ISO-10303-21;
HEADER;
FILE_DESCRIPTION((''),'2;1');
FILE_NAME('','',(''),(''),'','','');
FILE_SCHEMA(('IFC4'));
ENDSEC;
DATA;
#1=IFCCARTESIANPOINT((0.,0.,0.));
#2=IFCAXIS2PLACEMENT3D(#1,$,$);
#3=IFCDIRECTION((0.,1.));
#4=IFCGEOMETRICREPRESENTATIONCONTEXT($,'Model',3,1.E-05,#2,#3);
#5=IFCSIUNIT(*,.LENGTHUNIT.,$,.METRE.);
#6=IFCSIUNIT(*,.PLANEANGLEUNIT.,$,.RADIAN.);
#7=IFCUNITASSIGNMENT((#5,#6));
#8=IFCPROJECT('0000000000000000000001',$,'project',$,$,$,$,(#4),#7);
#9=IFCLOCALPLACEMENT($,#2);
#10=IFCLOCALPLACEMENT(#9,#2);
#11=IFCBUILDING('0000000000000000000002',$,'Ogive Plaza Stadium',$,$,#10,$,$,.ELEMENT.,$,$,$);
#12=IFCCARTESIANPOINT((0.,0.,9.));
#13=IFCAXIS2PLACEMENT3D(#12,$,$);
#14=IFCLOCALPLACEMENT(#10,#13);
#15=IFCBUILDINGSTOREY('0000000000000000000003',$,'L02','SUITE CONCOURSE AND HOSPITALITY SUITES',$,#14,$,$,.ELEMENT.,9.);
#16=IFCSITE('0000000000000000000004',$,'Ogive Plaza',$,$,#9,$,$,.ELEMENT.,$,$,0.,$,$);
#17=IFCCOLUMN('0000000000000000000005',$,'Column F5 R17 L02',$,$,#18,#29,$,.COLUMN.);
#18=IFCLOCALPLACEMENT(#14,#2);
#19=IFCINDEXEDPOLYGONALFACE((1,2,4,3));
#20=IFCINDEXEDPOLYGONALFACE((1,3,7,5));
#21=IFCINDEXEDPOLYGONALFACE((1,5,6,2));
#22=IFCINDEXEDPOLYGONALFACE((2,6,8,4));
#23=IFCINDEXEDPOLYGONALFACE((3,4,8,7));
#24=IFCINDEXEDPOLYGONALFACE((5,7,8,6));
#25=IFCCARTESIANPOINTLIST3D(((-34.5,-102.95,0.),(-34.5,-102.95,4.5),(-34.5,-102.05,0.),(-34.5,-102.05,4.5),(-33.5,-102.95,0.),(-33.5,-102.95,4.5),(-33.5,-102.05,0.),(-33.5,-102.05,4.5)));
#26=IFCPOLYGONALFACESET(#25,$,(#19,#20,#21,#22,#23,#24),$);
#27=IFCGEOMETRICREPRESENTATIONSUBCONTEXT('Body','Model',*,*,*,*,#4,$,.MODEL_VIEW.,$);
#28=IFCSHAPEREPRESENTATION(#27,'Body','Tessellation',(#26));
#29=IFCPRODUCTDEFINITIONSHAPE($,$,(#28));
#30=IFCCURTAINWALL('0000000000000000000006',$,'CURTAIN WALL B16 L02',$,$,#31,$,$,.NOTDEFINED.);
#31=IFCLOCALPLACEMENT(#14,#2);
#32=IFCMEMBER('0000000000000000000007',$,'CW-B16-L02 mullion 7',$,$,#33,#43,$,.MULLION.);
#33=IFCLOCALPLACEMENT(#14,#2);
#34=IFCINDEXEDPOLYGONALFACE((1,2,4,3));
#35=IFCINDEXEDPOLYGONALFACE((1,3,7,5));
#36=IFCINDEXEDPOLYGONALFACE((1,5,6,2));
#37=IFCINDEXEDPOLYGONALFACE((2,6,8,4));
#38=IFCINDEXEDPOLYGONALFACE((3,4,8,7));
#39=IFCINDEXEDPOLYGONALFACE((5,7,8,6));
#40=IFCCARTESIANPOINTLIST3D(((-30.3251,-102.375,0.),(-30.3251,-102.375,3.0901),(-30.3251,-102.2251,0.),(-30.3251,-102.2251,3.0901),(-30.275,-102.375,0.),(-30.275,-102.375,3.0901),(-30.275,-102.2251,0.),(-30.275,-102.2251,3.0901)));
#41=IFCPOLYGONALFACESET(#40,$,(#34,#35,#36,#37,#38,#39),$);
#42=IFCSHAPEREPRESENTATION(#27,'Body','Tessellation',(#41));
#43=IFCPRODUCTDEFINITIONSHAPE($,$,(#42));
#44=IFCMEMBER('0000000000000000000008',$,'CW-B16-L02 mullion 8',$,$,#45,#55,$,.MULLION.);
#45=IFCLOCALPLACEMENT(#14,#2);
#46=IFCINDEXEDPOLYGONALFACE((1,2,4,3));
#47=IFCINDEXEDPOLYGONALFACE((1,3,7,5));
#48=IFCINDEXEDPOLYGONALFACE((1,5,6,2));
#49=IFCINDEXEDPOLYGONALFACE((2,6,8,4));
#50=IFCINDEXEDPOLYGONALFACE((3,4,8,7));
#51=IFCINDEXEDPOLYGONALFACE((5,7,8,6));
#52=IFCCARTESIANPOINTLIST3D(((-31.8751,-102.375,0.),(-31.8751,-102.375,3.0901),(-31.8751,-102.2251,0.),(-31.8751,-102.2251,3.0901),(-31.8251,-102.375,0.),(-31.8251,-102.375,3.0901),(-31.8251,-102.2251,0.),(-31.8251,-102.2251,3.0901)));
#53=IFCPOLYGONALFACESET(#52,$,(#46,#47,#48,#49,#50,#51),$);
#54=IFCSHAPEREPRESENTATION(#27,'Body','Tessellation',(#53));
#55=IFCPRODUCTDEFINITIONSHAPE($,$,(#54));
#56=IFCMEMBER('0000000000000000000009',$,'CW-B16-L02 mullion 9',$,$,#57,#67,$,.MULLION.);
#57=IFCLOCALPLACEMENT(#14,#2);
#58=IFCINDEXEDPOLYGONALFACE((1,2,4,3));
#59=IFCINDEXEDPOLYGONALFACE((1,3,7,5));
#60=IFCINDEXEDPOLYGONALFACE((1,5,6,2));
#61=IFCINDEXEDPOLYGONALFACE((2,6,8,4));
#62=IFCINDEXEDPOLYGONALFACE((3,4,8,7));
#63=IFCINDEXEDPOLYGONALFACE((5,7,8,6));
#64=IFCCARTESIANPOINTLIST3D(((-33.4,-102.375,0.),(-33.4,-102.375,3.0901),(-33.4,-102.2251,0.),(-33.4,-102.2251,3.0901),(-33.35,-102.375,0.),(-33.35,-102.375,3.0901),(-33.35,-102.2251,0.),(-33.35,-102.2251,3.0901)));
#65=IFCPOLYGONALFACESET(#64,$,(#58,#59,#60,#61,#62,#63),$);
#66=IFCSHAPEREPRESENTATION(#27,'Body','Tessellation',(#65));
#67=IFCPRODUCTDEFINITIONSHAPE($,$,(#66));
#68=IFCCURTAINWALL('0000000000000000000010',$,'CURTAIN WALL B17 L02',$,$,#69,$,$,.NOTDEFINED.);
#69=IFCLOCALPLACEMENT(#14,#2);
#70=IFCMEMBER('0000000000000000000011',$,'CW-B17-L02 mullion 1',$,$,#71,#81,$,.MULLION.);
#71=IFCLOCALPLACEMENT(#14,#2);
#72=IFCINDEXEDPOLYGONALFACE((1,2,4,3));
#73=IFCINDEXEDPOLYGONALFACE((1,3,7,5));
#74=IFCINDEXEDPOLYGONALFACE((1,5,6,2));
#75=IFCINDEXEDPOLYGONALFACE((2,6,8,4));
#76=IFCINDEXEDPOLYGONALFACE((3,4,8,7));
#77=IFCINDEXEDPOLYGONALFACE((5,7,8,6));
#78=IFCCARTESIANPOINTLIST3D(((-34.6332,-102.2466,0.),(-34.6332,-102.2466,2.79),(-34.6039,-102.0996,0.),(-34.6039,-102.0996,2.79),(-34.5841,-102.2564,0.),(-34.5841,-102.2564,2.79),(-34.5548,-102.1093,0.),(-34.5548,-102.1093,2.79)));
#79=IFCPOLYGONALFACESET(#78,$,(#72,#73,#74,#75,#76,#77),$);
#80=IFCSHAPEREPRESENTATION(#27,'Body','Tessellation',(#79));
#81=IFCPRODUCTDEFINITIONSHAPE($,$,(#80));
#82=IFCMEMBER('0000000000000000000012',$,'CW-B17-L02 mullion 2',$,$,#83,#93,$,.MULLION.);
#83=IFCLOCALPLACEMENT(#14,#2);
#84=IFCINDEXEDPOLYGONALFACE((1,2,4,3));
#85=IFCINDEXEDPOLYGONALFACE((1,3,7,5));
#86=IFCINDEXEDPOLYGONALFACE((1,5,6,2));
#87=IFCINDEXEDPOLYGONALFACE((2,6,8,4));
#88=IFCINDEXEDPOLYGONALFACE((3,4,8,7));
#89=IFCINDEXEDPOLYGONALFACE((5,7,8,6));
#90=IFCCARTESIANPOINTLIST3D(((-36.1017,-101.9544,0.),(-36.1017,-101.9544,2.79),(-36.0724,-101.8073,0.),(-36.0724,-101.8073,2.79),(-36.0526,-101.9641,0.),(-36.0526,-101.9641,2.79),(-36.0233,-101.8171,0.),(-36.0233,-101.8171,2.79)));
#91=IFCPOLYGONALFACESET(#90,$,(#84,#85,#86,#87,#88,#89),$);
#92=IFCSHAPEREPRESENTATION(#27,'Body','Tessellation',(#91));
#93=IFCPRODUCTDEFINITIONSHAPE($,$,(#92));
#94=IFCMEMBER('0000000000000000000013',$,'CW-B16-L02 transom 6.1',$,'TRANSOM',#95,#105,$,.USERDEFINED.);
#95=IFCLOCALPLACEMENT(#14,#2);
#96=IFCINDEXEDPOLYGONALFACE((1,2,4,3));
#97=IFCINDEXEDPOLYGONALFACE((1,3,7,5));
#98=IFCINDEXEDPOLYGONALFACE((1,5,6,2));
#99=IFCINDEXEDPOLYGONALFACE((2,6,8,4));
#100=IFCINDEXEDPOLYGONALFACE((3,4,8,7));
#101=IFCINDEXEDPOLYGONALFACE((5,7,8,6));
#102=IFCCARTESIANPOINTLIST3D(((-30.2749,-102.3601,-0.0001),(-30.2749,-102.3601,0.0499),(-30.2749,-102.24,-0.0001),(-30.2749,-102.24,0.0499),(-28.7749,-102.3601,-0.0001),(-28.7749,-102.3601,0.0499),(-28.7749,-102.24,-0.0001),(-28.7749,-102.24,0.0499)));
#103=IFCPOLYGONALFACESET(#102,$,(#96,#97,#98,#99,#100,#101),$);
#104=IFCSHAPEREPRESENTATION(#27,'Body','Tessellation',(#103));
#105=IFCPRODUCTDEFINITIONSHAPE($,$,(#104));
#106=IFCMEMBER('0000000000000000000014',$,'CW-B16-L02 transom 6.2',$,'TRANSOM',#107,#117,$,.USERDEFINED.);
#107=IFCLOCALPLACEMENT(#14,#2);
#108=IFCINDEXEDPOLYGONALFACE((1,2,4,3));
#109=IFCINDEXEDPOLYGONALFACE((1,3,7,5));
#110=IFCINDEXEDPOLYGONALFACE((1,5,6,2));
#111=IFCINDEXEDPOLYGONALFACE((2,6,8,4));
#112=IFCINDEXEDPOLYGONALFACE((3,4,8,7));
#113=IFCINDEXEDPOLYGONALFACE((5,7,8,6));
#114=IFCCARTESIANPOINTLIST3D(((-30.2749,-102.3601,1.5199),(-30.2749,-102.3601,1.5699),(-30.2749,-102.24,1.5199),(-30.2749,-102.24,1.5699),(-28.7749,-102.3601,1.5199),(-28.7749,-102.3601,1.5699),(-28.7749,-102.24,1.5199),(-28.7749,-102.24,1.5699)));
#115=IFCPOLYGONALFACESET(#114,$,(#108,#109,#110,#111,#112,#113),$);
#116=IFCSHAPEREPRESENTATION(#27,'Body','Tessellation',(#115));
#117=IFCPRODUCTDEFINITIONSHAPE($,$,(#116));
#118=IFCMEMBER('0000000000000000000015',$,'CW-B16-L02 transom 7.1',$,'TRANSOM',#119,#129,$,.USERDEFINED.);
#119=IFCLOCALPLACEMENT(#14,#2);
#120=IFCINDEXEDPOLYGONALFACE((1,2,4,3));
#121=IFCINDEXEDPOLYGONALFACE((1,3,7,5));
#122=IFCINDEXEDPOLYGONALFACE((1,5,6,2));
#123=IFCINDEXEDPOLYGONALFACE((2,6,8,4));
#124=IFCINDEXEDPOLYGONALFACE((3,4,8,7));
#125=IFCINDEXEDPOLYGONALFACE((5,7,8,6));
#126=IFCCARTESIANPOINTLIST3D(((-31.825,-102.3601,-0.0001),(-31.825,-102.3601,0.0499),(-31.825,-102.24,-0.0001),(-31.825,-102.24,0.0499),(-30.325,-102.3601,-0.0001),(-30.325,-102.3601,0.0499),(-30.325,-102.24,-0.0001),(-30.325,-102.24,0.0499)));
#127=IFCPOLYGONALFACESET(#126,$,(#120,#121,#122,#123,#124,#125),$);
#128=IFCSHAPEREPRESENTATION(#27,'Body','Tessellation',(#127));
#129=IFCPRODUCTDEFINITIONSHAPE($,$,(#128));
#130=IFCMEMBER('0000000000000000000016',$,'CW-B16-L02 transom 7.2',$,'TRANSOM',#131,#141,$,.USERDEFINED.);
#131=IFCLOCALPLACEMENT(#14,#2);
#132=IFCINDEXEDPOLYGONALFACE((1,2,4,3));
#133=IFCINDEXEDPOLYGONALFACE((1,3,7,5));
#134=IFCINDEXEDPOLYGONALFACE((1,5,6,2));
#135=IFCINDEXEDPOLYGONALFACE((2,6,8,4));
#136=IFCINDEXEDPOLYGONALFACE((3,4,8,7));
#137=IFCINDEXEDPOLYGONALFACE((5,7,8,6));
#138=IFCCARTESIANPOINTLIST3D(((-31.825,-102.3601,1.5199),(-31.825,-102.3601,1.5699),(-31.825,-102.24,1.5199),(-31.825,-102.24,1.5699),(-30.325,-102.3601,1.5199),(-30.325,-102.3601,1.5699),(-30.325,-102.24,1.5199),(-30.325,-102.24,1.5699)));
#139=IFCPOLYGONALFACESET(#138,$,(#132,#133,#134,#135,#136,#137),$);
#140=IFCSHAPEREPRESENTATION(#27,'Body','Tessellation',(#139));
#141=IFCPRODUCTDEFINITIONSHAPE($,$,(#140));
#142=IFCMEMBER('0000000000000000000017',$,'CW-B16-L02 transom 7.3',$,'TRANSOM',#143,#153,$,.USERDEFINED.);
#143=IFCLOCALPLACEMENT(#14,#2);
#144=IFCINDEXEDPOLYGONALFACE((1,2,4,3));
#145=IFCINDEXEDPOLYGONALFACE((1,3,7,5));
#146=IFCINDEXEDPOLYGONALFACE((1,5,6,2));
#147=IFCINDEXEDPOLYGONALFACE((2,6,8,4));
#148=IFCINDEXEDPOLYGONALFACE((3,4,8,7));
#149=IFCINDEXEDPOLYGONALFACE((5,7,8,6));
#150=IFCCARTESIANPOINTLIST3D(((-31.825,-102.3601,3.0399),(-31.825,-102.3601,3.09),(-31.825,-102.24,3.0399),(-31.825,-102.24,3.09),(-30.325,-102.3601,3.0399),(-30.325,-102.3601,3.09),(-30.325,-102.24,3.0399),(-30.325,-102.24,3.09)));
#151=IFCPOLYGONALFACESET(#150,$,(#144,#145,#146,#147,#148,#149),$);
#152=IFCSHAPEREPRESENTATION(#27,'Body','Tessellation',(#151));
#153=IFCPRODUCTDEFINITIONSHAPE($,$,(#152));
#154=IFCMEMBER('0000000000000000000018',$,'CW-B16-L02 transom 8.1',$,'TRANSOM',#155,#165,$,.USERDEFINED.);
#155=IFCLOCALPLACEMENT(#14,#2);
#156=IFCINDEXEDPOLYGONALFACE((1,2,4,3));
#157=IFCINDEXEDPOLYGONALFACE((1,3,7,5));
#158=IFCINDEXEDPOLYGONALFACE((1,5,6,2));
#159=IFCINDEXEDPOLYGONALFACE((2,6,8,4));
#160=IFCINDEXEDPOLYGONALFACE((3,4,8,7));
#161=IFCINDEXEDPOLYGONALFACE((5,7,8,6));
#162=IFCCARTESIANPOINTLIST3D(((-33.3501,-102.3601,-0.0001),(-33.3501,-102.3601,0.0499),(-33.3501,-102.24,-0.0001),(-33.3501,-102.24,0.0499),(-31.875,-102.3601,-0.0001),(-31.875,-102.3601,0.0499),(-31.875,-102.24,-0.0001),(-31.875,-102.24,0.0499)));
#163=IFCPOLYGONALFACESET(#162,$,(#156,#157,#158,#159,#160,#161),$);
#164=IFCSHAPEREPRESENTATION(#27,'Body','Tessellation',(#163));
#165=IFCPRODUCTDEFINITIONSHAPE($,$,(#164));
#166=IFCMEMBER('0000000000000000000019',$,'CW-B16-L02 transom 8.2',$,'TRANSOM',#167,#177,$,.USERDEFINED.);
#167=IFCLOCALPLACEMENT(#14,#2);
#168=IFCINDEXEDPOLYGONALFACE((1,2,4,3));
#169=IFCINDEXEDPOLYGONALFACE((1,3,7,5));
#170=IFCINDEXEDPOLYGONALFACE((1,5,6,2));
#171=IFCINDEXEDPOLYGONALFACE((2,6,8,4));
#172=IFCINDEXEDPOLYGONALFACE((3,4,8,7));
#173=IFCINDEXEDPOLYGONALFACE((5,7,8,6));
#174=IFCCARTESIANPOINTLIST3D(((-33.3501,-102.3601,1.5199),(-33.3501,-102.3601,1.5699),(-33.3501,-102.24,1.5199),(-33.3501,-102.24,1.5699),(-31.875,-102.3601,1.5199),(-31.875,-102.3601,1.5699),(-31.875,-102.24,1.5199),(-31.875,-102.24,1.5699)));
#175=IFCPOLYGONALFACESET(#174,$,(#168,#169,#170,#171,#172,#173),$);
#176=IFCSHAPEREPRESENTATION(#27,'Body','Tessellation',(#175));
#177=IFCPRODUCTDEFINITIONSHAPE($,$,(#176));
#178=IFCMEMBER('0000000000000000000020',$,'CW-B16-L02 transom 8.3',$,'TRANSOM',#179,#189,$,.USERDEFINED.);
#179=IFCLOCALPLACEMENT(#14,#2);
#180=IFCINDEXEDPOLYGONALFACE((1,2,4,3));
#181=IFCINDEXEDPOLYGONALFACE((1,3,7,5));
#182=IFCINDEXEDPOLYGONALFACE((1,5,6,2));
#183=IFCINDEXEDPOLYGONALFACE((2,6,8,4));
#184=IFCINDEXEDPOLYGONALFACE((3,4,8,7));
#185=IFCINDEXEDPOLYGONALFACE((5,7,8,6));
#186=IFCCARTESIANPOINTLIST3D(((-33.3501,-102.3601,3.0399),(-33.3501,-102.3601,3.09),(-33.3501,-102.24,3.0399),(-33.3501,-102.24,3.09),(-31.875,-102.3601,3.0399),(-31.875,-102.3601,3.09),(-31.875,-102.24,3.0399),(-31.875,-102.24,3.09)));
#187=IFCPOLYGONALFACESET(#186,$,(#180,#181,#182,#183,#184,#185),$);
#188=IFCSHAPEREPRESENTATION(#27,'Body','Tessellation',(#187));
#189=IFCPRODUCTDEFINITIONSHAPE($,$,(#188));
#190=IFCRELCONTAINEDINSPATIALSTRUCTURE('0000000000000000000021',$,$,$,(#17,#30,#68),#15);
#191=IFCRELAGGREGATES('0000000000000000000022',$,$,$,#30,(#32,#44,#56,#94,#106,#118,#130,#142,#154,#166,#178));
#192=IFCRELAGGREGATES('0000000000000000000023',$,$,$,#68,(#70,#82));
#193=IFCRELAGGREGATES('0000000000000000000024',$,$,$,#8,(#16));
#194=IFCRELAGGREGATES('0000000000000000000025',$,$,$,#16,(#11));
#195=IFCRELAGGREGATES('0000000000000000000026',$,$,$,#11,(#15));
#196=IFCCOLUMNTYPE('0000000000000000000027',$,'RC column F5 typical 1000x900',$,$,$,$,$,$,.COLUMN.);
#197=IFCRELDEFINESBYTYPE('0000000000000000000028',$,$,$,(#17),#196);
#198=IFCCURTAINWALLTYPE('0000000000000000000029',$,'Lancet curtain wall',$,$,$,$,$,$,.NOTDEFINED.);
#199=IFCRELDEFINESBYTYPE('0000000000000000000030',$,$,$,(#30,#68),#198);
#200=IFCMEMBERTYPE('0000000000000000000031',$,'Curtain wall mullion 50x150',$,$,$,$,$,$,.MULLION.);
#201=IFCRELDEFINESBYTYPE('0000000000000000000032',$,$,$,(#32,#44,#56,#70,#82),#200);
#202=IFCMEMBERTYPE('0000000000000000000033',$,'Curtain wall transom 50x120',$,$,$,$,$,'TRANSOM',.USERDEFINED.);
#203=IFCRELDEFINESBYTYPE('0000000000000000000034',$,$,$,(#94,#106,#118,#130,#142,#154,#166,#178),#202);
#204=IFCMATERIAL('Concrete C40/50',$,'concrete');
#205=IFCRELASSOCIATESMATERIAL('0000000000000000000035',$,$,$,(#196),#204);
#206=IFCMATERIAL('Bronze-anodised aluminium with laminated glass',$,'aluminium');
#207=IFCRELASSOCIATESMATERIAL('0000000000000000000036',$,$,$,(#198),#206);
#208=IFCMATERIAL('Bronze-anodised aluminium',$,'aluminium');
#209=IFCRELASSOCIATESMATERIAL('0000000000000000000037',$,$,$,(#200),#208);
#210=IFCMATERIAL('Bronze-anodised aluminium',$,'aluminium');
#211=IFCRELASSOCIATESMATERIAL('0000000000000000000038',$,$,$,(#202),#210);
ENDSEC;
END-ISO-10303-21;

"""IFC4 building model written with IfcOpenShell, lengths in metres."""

from ifc_helpers import new_model, si_unit, direction, frame, origin, origin_2d, place, context, subcontext, project, spatial, rectangle, extrude, material, material_profile, profile_set, type_object, element, aggregate, save


model = new_model("IFC4")

# Units and contexts
model_context = context("Model", 3, precision=1e-05, world=origin(), true_north=direction((0.0, 1.0)))
body_context = subcontext(model_context, "Body", "Model", "MODEL_VIEW")
ifc_project = project(units=[si_unit("LENGTHUNIT", "METRE"), si_unit("PLANEANGLEUNIT", "RADIAN")], contexts=[model_context])

# Site, building, storey
site_placement = place(None, origin())
site = spatial("IfcSite", under=ifc_project, at=site_placement, Name="Ogive Plaza", CompositionType="ELEMENT", RefElevation=0.0)
building_placement = place(site_placement, origin())
building = spatial("IfcBuilding", under=site, at=building_placement, Name="Ogive Plaza Stadium", CompositionType="ELEMENT")
storey_placement = place(building_placement, frame((0.0, 0.0, 9.0)))
storey = spatial("IfcBuildingStorey", under=building, at=storey_placement, Name="L02", Description="SUITE CONCOURSE AND HOSPITALITY SUITES", CompositionType="ELEMENT", Elevation=9.0)

# Column
ifc_material_1 = material(Name="Concrete C40/50", Category="concrete")
ifc_material_profile_1 = material_profile(ifc_material_1, rectangle(XDim=1.0, YDim=0.8999, at=origin_2d()), Name="RC 1000x900")
ifc_profile_set_1 = profile_set([ifc_material_profile_1], Name="Concrete C40/50")
column_type = type_object("IfcColumnType", Name="RC column F5 typical 1000x900", PredefinedType="COLUMN", material=ifc_profile_set_1)
column_placement = place(storey_placement, frame((-34.0, -102.5, 0.0), z_axis=(0.0, 0.0, 1.0), x_axis=(1.0, 0.0, 0.0)))
element("IfcColumn", 1, at=column_placement, inside=storey, type_object=column_type, Name="Column F5 R17 L02", PredefinedType="COLUMN", context=body_context, shape_type="SweptSolid", body=[
    extrude(rectangle(XDim=1.0, YDim=0.8999, at=origin_2d()), origin(), (0.0, 0.0, 1.0), 4.5),
])

# Curtain walls, members
ifc_material_2 = material(Name="Bronze-anodised aluminium with laminated glass", Category="aluminium")
curtain_wall_type = type_object("IfcCurtainWallType", Name="Lancet curtain wall", PredefinedType="NOTDEFINED", material=ifc_material_2)
curtain_wall_1_placement = place(storey_placement, origin())
curtain_wall_1 = element("IfcCurtainWall", 2, at=curtain_wall_1_placement, inside=storey, type_object=curtain_wall_type, Name="CURTAIN WALL B16 L02", PredefinedType="NOTDEFINED")
ifc_material_3 = material(Name="Bronze-anodised aluminium", Category="aluminium")
ifc_material_profile_2 = material_profile(ifc_material_3, rectangle(XDim=0.1499, YDim=0.05, at=origin_2d()), Name="AL 150x50")
ifc_profile_set_2 = profile_set([ifc_material_profile_2], Name="Bronze-anodised aluminium")
member_type_1 = type_object("IfcMemberType", Name="Curtain wall mullion 50x150", PredefinedType="MULLION", material=ifc_profile_set_2)
member_1_placement = place(storey_placement, frame((-30.3, -102.3, 0.0), z_axis=(0.0, 0.0, 1.0), x_axis=(0.0, -1.0, 0.0)))
member_1 = element("IfcMember", 3, at=member_1_placement, type_object=member_type_1, Name="CW-B16-L02 mullion 7", PredefinedType="MULLION", context=body_context, shape_type="SweptSolid", body=[
    extrude(rectangle(XDim=0.1499, YDim=0.05, at=origin_2d()), origin(), (0.0, 0.0, 1.0), 3.0901),
])
member_2_placement = place(storey_placement, frame((-31.8501, -102.3, 0.0), z_axis=(0.0, 0.0, 1.0), x_axis=(0.0, -1.0, 0.0)))
member_2 = element("IfcMember", 4, at=member_2_placement, type_object=member_type_1, Name="CW-B16-L02 mullion 8", PredefinedType="MULLION", context=body_context, shape_type="SweptSolid", body=[
    extrude(rectangle(XDim=0.1499, YDim=0.05, at=origin_2d()), origin(), (0.0, 0.0, 1.0), 3.0901),
])
member_3_placement = place(storey_placement, frame((-33.375, -102.3, 0.0), z_axis=(0.0, 0.0, 1.0), x_axis=(0.0, -1.0, 0.0)))
member_3 = element("IfcMember", 5, at=member_3_placement, type_object=member_type_1, Name="CW-B16-L02 mullion 9", PredefinedType="MULLION", context=body_context, shape_type="SweptSolid", body=[
    extrude(rectangle(XDim=0.1499, YDim=0.05, at=origin_2d()), origin(), (0.0, 0.0, 1.0), 3.0901),
])
curtain_wall_2_placement = place(storey_placement, origin())
curtain_wall_2 = element("IfcCurtainWall", 6, at=curtain_wall_2_placement, inside=storey, type_object=curtain_wall_type, Name="CURTAIN WALL B17 L02", PredefinedType="NOTDEFINED")
member_4_placement = place(storey_placement, frame((-34.594, -102.178, 0.0), z_axis=(0.0, 0.0, 1.0), x_axis=(-0.19509, -0.980785, 0.0)))
member_4 = element("IfcMember", 7, at=member_4_placement, type_object=member_type_1, Name="CW-B17-L02 mullion 1", PredefinedType="MULLION", context=body_context, shape_type="SweptSolid", body=[
    extrude(rectangle(XDim=0.1499, YDim=0.05, at=origin_2d()), origin(), (0.0, 0.0, 1.0), 2.79),
])
member_5_placement = place(storey_placement, frame((-36.0625, -101.8857, 0.0), z_axis=(0.0, 0.0, 1.0), x_axis=(-0.19509, -0.980785, 0.0)))
member_5 = element("IfcMember", 8, at=member_5_placement, type_object=member_type_1, Name="CW-B17-L02 mullion 2", PredefinedType="MULLION", context=body_context, shape_type="SweptSolid", body=[
    extrude(rectangle(XDim=0.1499, YDim=0.05, at=origin_2d()), origin(), (0.0, 0.0, 1.0), 2.79),
])

# Members
ifc_material_4 = material(Name="Bronze-anodised aluminium", Category="aluminium")
ifc_material_profile_3 = material_profile(ifc_material_4, rectangle(XDim=0.1201, YDim=0.05, at=origin_2d()), Name="AL 120x50")
ifc_profile_set_3 = profile_set([ifc_material_profile_3], Name="Bronze-anodised aluminium")
member_type_2 = type_object("IfcMemberType", Name="Curtain wall transom 50x120", ElementType="TRANSOM", PredefinedType="USERDEFINED", material=ifc_profile_set_3)
member_6_placement = place(storey_placement, frame((-28.7749, -102.3, 0.0249), z_axis=(-1.0, 0.0, 0.0), x_axis=(0.0, -1.0, 0.0)))
member_6 = element("IfcMember", 9, at=member_6_placement, type_object=member_type_2, Name="CW-B16-L02 transom 6.1", ObjectType="TRANSOM", PredefinedType="USERDEFINED", context=body_context, shape_type="SweptSolid", body=[
    extrude(rectangle(XDim=0.1201, YDim=0.05, at=origin_2d()), origin(), (0.0, 0.0, 1.0), 1.5),
])
member_7_placement = place(storey_placement, frame((-28.7749, -102.3, 1.5449), z_axis=(-1.0, 0.0, 0.0), x_axis=(0.0, -1.0, 0.0)))
member_7 = element("IfcMember", 10, at=member_7_placement, type_object=member_type_2, Name="CW-B16-L02 transom 6.2", ObjectType="TRANSOM", PredefinedType="USERDEFINED", context=body_context, shape_type="SweptSolid", body=[
    extrude(rectangle(XDim=0.1201, YDim=0.05, at=origin_2d()), origin(), (0.0, 0.0, 1.0), 1.5),
])
member_8_placement = place(storey_placement, frame((-30.325, -102.3, 0.0249), z_axis=(-1.0, 0.0, 0.0), x_axis=(0.0, -1.0, 0.0)))
member_8 = element("IfcMember", 11, at=member_8_placement, type_object=member_type_2, Name="CW-B16-L02 transom 7.1", ObjectType="TRANSOM", PredefinedType="USERDEFINED", context=body_context, shape_type="SweptSolid", body=[
    extrude(rectangle(XDim=0.1201, YDim=0.05, at=origin_2d()), origin(), (0.0, 0.0, 1.0), 1.5),
])
member_9_placement = place(storey_placement, frame((-30.325, -102.3, 1.5449), z_axis=(-1.0, 0.0, 0.0), x_axis=(0.0, -1.0, 0.0)))
member_9 = element("IfcMember", 12, at=member_9_placement, type_object=member_type_2, Name="CW-B16-L02 transom 7.2", ObjectType="TRANSOM", PredefinedType="USERDEFINED", context=body_context, shape_type="SweptSolid", body=[
    extrude(rectangle(XDim=0.1201, YDim=0.05, at=origin_2d()), origin(), (0.0, 0.0, 1.0), 1.5),
])
member_10_placement = place(storey_placement, frame((-30.325, -102.3, 3.0649), z_axis=(-1.0, 0.0, 0.0), x_axis=(0.0, -1.0, 0.0)))
member_10 = element("IfcMember", 13, at=member_10_placement, type_object=member_type_2, Name="CW-B16-L02 transom 7.3", ObjectType="TRANSOM", PredefinedType="USERDEFINED", context=body_context, shape_type="SweptSolid", body=[
    extrude(rectangle(XDim=0.1201, YDim=0.05, at=origin_2d()), origin(), (0.0, 0.0, 1.0), 1.5),
])
member_11_placement = place(storey_placement, frame((-31.875, -102.3, 0.0249), z_axis=(-1.0, 0.0, 0.0), x_axis=(0.0, -1.0, 0.0)))
member_11 = element("IfcMember", 14, at=member_11_placement, type_object=member_type_2, Name="CW-B16-L02 transom 8.1", ObjectType="TRANSOM", PredefinedType="USERDEFINED", context=body_context, shape_type="SweptSolid", body=[
    extrude(rectangle(XDim=0.1201, YDim=0.05, at=origin_2d()), origin(), (0.0, 0.0, 1.0), 1.4751),
])
member_12_placement = place(storey_placement, frame((-31.875, -102.3, 1.5449), z_axis=(-1.0, 0.0, 0.0), x_axis=(0.0, -1.0, 0.0)))
member_12 = element("IfcMember", 15, at=member_12_placement, type_object=member_type_2, Name="CW-B16-L02 transom 8.2", ObjectType="TRANSOM", PredefinedType="USERDEFINED", context=body_context, shape_type="SweptSolid", body=[
    extrude(rectangle(XDim=0.1201, YDim=0.05, at=origin_2d()), origin(), (0.0, 0.0, 1.0), 1.4751),
])
member_13_placement = place(storey_placement, frame((-31.875, -102.3, 3.0649), z_axis=(-1.0, 0.0, 0.0), x_axis=(0.0, -1.0, 0.0)))
member_13 = element("IfcMember", 16, at=member_13_placement, type_object=member_type_2, Name="CW-B16-L02 transom 8.3", ObjectType="TRANSOM", PredefinedType="USERDEFINED", context=body_context, shape_type="SweptSolid", body=[
    extrude(rectangle(XDim=0.1201, YDim=0.05, at=origin_2d()), origin(), (0.0, 0.0, 1.0), 1.4751),
])

aggregate(curtain_wall_1, [member_1, member_2, member_3, member_6, member_7, member_8, member_9, member_10, member_11, member_12, member_13])
aggregate(curtain_wall_2, [member_4, member_5])

save(model, "model.ifc")
